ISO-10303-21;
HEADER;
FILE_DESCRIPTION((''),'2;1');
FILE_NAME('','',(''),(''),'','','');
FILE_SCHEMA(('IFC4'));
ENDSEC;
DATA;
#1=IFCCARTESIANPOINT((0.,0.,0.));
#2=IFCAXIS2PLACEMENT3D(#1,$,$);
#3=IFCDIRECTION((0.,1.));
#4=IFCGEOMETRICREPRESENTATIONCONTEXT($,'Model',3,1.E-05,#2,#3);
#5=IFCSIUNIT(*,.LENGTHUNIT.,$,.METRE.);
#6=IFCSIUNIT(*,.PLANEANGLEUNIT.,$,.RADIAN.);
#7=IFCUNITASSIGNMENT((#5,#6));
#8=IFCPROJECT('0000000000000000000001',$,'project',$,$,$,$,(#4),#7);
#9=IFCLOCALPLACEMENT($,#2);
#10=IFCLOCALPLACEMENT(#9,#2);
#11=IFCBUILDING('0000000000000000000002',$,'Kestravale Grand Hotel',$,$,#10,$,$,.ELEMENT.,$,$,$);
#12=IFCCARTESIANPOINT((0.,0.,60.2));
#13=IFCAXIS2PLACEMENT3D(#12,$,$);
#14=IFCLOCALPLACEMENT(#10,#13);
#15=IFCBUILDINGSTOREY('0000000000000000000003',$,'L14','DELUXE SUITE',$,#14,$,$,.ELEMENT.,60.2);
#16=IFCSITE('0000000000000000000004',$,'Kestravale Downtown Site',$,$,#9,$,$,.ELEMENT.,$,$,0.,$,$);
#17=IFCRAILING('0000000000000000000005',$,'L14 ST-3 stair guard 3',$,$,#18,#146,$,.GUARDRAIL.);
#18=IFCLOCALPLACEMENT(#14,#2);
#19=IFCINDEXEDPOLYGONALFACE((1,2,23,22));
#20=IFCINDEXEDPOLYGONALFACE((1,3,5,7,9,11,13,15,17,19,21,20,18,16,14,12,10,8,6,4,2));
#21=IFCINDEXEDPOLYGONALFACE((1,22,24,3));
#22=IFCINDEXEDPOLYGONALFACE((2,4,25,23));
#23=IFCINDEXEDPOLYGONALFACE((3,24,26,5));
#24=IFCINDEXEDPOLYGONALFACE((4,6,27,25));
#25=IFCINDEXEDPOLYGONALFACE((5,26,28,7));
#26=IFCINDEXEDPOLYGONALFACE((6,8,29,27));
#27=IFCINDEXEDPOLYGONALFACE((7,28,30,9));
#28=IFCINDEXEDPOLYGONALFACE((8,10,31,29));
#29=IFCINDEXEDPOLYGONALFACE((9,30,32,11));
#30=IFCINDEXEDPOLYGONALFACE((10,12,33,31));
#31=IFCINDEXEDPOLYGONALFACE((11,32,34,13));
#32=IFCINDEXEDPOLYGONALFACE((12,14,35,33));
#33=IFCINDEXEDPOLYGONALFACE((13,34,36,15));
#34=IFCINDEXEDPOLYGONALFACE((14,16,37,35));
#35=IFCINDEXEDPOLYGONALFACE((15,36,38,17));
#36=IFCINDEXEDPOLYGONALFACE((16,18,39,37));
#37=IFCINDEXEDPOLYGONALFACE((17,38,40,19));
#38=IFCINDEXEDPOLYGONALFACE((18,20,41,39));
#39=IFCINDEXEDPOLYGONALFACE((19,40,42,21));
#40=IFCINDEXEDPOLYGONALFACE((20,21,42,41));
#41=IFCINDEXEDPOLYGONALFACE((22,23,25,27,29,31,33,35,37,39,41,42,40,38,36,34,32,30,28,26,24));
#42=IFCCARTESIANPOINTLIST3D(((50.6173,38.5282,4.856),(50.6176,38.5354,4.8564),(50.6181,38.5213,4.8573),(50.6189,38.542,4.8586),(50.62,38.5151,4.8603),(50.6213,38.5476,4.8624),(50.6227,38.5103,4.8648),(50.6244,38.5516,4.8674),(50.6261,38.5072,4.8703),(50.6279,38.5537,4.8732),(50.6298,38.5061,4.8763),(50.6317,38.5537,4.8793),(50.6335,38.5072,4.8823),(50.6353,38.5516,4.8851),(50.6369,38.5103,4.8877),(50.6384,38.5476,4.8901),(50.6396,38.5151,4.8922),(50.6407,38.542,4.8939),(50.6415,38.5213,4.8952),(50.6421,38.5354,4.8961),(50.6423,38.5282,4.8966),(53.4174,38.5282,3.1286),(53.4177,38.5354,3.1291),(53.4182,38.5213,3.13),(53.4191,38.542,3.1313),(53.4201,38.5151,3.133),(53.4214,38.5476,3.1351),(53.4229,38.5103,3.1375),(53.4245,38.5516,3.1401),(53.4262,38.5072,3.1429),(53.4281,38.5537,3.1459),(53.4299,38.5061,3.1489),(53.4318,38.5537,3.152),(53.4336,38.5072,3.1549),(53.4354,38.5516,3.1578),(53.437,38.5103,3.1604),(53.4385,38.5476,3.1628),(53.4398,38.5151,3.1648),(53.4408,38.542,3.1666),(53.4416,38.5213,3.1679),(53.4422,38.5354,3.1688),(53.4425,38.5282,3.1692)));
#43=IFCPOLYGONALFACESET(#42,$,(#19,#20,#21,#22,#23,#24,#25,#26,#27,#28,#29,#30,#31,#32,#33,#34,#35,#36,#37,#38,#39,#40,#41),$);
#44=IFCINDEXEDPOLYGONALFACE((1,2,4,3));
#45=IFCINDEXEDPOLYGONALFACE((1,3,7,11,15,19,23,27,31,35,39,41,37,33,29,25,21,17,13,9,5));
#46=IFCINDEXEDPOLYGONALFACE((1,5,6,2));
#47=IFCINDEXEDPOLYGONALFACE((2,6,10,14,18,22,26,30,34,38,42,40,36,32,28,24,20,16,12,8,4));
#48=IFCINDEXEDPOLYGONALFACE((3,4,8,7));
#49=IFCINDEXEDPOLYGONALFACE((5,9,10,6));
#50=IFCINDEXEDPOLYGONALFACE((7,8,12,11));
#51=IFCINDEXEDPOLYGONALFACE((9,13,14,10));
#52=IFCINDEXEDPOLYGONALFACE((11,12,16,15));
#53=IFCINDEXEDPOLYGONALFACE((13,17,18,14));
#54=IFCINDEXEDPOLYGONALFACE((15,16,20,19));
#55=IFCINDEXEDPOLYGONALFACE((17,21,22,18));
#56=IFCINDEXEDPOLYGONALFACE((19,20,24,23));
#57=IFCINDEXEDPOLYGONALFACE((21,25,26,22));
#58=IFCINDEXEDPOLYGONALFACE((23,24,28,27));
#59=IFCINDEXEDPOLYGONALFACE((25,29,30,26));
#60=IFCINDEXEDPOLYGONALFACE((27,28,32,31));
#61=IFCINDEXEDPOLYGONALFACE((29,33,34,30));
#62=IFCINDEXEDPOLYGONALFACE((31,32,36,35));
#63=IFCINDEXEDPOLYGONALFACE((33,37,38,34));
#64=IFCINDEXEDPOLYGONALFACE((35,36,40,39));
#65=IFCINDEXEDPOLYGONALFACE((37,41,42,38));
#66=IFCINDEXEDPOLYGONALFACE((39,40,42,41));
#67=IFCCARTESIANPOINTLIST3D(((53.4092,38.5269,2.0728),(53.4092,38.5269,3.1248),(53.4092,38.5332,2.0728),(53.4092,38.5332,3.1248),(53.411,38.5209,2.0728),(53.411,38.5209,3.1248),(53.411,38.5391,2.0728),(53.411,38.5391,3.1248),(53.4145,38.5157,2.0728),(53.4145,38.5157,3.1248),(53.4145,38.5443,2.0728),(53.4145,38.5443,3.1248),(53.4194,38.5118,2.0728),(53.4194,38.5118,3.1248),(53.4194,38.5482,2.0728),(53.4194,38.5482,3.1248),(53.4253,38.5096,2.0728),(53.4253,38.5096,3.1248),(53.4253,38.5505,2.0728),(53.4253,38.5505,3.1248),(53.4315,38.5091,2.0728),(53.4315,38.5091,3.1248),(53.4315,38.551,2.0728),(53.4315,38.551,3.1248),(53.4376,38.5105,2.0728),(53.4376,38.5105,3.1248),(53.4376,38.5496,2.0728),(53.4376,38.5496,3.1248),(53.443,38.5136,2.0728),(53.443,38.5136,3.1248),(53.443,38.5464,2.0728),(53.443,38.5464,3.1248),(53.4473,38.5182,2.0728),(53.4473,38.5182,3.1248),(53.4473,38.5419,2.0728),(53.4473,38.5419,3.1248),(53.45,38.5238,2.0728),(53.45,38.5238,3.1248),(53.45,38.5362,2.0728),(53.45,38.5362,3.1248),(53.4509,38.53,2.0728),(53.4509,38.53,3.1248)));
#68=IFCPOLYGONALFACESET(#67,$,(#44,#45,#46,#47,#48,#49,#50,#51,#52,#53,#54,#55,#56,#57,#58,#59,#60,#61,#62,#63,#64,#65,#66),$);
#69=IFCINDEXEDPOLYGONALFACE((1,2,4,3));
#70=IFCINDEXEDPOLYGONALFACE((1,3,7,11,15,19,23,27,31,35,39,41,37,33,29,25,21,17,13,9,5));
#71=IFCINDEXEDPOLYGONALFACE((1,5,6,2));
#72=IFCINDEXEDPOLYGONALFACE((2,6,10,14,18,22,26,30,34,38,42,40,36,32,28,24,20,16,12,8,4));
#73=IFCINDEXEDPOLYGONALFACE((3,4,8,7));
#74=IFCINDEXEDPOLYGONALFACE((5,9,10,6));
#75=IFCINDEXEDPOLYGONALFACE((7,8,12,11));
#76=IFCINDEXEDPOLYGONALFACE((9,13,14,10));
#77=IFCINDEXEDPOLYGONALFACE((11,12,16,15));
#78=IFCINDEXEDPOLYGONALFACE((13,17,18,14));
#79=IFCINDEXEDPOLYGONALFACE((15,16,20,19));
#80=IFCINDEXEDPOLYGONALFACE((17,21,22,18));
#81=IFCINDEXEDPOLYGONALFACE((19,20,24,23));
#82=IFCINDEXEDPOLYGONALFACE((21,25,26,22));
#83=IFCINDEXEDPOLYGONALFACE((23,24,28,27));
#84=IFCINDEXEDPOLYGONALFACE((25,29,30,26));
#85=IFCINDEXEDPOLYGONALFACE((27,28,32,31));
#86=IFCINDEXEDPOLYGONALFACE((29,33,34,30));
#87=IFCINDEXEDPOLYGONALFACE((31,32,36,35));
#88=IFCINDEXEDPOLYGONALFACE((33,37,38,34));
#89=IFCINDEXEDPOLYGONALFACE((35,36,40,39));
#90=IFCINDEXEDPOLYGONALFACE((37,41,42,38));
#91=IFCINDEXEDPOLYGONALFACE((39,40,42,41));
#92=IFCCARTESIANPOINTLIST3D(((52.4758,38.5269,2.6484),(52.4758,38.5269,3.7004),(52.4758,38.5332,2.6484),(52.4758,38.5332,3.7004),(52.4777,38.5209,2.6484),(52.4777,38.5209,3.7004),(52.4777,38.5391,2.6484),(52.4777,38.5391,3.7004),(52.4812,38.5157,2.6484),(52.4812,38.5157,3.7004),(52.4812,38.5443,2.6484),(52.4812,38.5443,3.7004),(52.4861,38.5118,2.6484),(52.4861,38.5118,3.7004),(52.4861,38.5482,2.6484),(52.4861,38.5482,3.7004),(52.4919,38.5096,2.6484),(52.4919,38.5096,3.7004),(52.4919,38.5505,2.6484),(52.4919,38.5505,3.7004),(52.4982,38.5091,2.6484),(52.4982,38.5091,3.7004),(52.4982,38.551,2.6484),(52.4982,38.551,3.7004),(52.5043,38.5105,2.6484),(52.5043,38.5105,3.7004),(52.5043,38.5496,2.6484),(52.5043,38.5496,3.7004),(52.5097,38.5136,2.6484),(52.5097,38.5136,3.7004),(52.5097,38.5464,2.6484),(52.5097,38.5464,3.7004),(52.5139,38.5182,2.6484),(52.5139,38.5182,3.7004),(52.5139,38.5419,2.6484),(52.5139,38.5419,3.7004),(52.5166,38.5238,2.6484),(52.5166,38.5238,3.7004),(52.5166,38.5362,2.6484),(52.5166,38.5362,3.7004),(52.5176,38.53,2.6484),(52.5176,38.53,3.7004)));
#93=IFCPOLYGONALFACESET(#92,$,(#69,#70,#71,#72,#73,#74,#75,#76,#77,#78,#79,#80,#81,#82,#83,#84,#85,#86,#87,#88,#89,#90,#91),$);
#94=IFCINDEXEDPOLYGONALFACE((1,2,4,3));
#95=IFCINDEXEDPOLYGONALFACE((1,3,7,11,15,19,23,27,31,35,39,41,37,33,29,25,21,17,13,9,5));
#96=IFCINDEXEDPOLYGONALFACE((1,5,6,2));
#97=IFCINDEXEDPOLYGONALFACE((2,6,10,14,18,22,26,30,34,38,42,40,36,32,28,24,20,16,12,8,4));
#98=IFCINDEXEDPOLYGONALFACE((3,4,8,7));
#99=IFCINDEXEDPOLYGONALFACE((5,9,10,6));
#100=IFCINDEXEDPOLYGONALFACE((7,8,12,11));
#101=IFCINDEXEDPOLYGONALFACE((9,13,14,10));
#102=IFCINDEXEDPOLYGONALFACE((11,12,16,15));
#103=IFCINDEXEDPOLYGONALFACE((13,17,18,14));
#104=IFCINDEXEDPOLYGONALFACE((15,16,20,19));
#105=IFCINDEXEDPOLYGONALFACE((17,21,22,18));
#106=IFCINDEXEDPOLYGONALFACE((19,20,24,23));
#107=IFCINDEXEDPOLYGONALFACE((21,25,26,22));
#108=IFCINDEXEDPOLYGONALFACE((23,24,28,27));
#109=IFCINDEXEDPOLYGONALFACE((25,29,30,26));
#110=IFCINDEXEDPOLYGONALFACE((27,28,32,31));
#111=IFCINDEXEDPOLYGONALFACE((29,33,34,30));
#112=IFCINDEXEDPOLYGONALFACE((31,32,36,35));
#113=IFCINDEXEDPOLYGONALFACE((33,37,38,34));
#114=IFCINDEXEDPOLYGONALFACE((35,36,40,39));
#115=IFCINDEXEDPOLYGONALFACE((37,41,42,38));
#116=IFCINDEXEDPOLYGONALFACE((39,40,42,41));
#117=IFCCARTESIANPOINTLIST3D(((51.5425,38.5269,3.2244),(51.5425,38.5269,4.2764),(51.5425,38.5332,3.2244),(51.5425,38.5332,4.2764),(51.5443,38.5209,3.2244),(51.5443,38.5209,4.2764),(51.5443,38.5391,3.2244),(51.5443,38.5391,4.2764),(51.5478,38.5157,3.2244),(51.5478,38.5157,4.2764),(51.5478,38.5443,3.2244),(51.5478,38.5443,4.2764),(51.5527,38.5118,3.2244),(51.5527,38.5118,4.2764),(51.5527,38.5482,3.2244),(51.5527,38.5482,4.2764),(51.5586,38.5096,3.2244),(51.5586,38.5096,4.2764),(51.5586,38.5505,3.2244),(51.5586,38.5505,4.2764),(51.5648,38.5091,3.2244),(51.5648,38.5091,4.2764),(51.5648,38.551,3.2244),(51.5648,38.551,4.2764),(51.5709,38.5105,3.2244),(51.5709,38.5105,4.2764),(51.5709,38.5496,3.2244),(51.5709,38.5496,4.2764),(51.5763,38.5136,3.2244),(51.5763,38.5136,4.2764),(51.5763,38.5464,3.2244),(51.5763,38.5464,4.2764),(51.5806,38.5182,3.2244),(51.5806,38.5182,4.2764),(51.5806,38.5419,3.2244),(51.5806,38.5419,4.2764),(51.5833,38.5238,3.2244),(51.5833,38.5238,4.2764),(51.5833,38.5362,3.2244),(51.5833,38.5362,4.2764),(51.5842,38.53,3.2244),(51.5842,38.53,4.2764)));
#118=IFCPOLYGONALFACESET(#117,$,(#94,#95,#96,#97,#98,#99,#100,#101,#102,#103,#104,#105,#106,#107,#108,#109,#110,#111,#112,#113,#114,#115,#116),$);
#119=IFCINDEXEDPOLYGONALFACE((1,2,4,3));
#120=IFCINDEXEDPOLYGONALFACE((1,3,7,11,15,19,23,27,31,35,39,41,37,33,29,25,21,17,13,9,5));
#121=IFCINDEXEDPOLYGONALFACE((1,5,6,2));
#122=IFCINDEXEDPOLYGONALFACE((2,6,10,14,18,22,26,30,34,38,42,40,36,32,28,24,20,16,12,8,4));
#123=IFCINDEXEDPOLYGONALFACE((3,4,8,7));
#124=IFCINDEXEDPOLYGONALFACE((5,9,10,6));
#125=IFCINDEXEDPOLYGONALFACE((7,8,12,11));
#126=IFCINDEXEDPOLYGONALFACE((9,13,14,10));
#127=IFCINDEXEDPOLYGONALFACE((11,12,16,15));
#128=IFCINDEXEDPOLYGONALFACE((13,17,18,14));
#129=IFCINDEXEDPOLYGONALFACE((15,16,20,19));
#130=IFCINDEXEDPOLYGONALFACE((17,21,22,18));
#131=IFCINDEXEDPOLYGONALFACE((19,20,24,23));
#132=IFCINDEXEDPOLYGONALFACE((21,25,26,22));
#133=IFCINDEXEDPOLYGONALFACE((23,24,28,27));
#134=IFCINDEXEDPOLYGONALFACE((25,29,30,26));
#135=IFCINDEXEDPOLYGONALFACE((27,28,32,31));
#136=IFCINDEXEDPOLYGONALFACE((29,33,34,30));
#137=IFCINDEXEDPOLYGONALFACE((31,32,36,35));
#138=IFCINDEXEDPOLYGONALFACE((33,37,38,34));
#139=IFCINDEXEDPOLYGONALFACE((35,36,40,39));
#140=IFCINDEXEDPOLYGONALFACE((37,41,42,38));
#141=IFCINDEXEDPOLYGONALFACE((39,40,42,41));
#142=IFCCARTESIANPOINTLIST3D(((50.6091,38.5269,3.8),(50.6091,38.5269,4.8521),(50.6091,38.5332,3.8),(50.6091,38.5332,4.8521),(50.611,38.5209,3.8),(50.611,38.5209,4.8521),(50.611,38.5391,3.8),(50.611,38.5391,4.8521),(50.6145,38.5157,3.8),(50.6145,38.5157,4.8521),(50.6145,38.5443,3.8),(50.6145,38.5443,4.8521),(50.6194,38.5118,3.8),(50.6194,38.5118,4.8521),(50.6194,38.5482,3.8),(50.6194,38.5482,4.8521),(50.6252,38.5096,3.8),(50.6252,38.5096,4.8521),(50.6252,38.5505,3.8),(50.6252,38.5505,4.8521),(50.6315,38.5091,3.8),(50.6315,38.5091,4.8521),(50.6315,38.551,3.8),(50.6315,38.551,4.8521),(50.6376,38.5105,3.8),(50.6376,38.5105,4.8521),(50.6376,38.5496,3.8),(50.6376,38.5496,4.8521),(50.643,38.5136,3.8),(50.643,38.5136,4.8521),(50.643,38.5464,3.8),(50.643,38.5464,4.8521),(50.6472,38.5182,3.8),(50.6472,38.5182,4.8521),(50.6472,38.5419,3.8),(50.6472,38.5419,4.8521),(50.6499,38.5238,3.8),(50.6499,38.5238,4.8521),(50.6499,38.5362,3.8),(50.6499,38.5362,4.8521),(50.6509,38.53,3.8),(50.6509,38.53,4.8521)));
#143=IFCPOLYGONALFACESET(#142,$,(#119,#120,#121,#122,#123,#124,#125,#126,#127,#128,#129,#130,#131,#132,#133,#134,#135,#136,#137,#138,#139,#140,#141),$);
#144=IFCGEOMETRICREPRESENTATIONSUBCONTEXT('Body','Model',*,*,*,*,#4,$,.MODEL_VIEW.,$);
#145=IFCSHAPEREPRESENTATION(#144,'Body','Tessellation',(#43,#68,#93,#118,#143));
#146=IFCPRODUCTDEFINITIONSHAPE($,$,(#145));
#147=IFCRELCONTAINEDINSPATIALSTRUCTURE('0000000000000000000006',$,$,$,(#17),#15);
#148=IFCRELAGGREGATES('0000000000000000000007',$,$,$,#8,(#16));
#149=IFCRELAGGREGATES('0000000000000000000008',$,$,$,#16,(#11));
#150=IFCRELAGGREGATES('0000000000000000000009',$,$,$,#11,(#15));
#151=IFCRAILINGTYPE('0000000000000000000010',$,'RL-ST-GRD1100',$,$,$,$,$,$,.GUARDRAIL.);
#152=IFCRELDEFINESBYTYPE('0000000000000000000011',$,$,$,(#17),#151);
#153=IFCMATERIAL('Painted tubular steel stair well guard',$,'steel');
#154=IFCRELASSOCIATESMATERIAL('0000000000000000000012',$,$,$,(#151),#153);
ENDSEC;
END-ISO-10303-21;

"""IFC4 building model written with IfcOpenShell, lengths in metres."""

from ifc_helpers import new_model, si_unit, direction, frame, origin, origin_2d, place, context, subcontext, project, spatial, circle, extrude, material, type_object, element, save


model = new_model("IFC4")

# Units and contexts
model_context = context("Model", 3, precision=1e-05, world=origin(), true_north=direction((0.0, 1.0)))
body_context = subcontext(model_context, "Body", "Model", "MODEL_VIEW")
ifc_project = project(units=[si_unit("LENGTHUNIT", "METRE"), si_unit("PLANEANGLEUNIT", "RADIAN")], contexts=[model_context])

# Site, building, storey
site_placement = place(None, origin())
site = spatial("IfcSite", under=ifc_project, at=site_placement, Name="Kestravale Downtown Site", CompositionType="ELEMENT", RefElevation=0.0)
building_placement = place(site_placement, origin())
building = spatial("IfcBuilding", under=site, at=building_placement, Name="Kestravale Grand Hotel", CompositionType="ELEMENT")
storey_placement = place(building_placement, frame((0.0, 0.0, 60.2)))
storey = spatial("IfcBuildingStorey", under=building, at=storey_placement, Name="L14", Description="DELUXE SUITE", CompositionType="ELEMENT", Elevation=60.2)

# Railing
ifc_material_1 = material(Name="Painted tubular steel stair well guard", Category="steel")
railing_type_1 = type_object("IfcRailingType", Name="RL-ST-GRD1100", PredefinedType="GUARDRAIL", material=ifc_material_1)
railing_1_placement = place(storey_placement, frame((53.4299, 38.53, 2.0728)))
element("IfcRailing", 1, at=railing_1_placement, inside=storey, type_object=railing_type_1, Name="L14 ST-3 stair guard 3", PredefinedType="GUARDRAIL", context=body_context, shape_type="SweptSolid", body=[
    extrude(circle(Radius=0.0239, at=origin_2d()), frame((0.0, 0.0, 1.0762), z_axis=(-0.85109, 0.0, 0.52502), x_axis=(0.0, -1.0, 0.0)), (0.0, 0.0, 1.0), 3.29),
    extrude(circle(Radius=0.021, at=origin_2d()), origin(), (0.0, 0.0, 1.0), 1.052),
    extrude(circle(Radius=0.021, at=origin_2d()), frame((-0.9333, 0.0, 0.5757)), (0.0, 0.0, 1.0), 1.052),
    extrude(circle(Radius=0.021, at=origin_2d()), frame((-1.8667, 0.0, 1.1516)), (0.0, 0.0, 1.0), 1.052),
    extrude(circle(Radius=0.021, at=origin_2d()), frame((-2.8, 0.0, 1.7273)), (0.0, 0.0, 1.0), 1.052),
])

save(model, "model.ifc")
